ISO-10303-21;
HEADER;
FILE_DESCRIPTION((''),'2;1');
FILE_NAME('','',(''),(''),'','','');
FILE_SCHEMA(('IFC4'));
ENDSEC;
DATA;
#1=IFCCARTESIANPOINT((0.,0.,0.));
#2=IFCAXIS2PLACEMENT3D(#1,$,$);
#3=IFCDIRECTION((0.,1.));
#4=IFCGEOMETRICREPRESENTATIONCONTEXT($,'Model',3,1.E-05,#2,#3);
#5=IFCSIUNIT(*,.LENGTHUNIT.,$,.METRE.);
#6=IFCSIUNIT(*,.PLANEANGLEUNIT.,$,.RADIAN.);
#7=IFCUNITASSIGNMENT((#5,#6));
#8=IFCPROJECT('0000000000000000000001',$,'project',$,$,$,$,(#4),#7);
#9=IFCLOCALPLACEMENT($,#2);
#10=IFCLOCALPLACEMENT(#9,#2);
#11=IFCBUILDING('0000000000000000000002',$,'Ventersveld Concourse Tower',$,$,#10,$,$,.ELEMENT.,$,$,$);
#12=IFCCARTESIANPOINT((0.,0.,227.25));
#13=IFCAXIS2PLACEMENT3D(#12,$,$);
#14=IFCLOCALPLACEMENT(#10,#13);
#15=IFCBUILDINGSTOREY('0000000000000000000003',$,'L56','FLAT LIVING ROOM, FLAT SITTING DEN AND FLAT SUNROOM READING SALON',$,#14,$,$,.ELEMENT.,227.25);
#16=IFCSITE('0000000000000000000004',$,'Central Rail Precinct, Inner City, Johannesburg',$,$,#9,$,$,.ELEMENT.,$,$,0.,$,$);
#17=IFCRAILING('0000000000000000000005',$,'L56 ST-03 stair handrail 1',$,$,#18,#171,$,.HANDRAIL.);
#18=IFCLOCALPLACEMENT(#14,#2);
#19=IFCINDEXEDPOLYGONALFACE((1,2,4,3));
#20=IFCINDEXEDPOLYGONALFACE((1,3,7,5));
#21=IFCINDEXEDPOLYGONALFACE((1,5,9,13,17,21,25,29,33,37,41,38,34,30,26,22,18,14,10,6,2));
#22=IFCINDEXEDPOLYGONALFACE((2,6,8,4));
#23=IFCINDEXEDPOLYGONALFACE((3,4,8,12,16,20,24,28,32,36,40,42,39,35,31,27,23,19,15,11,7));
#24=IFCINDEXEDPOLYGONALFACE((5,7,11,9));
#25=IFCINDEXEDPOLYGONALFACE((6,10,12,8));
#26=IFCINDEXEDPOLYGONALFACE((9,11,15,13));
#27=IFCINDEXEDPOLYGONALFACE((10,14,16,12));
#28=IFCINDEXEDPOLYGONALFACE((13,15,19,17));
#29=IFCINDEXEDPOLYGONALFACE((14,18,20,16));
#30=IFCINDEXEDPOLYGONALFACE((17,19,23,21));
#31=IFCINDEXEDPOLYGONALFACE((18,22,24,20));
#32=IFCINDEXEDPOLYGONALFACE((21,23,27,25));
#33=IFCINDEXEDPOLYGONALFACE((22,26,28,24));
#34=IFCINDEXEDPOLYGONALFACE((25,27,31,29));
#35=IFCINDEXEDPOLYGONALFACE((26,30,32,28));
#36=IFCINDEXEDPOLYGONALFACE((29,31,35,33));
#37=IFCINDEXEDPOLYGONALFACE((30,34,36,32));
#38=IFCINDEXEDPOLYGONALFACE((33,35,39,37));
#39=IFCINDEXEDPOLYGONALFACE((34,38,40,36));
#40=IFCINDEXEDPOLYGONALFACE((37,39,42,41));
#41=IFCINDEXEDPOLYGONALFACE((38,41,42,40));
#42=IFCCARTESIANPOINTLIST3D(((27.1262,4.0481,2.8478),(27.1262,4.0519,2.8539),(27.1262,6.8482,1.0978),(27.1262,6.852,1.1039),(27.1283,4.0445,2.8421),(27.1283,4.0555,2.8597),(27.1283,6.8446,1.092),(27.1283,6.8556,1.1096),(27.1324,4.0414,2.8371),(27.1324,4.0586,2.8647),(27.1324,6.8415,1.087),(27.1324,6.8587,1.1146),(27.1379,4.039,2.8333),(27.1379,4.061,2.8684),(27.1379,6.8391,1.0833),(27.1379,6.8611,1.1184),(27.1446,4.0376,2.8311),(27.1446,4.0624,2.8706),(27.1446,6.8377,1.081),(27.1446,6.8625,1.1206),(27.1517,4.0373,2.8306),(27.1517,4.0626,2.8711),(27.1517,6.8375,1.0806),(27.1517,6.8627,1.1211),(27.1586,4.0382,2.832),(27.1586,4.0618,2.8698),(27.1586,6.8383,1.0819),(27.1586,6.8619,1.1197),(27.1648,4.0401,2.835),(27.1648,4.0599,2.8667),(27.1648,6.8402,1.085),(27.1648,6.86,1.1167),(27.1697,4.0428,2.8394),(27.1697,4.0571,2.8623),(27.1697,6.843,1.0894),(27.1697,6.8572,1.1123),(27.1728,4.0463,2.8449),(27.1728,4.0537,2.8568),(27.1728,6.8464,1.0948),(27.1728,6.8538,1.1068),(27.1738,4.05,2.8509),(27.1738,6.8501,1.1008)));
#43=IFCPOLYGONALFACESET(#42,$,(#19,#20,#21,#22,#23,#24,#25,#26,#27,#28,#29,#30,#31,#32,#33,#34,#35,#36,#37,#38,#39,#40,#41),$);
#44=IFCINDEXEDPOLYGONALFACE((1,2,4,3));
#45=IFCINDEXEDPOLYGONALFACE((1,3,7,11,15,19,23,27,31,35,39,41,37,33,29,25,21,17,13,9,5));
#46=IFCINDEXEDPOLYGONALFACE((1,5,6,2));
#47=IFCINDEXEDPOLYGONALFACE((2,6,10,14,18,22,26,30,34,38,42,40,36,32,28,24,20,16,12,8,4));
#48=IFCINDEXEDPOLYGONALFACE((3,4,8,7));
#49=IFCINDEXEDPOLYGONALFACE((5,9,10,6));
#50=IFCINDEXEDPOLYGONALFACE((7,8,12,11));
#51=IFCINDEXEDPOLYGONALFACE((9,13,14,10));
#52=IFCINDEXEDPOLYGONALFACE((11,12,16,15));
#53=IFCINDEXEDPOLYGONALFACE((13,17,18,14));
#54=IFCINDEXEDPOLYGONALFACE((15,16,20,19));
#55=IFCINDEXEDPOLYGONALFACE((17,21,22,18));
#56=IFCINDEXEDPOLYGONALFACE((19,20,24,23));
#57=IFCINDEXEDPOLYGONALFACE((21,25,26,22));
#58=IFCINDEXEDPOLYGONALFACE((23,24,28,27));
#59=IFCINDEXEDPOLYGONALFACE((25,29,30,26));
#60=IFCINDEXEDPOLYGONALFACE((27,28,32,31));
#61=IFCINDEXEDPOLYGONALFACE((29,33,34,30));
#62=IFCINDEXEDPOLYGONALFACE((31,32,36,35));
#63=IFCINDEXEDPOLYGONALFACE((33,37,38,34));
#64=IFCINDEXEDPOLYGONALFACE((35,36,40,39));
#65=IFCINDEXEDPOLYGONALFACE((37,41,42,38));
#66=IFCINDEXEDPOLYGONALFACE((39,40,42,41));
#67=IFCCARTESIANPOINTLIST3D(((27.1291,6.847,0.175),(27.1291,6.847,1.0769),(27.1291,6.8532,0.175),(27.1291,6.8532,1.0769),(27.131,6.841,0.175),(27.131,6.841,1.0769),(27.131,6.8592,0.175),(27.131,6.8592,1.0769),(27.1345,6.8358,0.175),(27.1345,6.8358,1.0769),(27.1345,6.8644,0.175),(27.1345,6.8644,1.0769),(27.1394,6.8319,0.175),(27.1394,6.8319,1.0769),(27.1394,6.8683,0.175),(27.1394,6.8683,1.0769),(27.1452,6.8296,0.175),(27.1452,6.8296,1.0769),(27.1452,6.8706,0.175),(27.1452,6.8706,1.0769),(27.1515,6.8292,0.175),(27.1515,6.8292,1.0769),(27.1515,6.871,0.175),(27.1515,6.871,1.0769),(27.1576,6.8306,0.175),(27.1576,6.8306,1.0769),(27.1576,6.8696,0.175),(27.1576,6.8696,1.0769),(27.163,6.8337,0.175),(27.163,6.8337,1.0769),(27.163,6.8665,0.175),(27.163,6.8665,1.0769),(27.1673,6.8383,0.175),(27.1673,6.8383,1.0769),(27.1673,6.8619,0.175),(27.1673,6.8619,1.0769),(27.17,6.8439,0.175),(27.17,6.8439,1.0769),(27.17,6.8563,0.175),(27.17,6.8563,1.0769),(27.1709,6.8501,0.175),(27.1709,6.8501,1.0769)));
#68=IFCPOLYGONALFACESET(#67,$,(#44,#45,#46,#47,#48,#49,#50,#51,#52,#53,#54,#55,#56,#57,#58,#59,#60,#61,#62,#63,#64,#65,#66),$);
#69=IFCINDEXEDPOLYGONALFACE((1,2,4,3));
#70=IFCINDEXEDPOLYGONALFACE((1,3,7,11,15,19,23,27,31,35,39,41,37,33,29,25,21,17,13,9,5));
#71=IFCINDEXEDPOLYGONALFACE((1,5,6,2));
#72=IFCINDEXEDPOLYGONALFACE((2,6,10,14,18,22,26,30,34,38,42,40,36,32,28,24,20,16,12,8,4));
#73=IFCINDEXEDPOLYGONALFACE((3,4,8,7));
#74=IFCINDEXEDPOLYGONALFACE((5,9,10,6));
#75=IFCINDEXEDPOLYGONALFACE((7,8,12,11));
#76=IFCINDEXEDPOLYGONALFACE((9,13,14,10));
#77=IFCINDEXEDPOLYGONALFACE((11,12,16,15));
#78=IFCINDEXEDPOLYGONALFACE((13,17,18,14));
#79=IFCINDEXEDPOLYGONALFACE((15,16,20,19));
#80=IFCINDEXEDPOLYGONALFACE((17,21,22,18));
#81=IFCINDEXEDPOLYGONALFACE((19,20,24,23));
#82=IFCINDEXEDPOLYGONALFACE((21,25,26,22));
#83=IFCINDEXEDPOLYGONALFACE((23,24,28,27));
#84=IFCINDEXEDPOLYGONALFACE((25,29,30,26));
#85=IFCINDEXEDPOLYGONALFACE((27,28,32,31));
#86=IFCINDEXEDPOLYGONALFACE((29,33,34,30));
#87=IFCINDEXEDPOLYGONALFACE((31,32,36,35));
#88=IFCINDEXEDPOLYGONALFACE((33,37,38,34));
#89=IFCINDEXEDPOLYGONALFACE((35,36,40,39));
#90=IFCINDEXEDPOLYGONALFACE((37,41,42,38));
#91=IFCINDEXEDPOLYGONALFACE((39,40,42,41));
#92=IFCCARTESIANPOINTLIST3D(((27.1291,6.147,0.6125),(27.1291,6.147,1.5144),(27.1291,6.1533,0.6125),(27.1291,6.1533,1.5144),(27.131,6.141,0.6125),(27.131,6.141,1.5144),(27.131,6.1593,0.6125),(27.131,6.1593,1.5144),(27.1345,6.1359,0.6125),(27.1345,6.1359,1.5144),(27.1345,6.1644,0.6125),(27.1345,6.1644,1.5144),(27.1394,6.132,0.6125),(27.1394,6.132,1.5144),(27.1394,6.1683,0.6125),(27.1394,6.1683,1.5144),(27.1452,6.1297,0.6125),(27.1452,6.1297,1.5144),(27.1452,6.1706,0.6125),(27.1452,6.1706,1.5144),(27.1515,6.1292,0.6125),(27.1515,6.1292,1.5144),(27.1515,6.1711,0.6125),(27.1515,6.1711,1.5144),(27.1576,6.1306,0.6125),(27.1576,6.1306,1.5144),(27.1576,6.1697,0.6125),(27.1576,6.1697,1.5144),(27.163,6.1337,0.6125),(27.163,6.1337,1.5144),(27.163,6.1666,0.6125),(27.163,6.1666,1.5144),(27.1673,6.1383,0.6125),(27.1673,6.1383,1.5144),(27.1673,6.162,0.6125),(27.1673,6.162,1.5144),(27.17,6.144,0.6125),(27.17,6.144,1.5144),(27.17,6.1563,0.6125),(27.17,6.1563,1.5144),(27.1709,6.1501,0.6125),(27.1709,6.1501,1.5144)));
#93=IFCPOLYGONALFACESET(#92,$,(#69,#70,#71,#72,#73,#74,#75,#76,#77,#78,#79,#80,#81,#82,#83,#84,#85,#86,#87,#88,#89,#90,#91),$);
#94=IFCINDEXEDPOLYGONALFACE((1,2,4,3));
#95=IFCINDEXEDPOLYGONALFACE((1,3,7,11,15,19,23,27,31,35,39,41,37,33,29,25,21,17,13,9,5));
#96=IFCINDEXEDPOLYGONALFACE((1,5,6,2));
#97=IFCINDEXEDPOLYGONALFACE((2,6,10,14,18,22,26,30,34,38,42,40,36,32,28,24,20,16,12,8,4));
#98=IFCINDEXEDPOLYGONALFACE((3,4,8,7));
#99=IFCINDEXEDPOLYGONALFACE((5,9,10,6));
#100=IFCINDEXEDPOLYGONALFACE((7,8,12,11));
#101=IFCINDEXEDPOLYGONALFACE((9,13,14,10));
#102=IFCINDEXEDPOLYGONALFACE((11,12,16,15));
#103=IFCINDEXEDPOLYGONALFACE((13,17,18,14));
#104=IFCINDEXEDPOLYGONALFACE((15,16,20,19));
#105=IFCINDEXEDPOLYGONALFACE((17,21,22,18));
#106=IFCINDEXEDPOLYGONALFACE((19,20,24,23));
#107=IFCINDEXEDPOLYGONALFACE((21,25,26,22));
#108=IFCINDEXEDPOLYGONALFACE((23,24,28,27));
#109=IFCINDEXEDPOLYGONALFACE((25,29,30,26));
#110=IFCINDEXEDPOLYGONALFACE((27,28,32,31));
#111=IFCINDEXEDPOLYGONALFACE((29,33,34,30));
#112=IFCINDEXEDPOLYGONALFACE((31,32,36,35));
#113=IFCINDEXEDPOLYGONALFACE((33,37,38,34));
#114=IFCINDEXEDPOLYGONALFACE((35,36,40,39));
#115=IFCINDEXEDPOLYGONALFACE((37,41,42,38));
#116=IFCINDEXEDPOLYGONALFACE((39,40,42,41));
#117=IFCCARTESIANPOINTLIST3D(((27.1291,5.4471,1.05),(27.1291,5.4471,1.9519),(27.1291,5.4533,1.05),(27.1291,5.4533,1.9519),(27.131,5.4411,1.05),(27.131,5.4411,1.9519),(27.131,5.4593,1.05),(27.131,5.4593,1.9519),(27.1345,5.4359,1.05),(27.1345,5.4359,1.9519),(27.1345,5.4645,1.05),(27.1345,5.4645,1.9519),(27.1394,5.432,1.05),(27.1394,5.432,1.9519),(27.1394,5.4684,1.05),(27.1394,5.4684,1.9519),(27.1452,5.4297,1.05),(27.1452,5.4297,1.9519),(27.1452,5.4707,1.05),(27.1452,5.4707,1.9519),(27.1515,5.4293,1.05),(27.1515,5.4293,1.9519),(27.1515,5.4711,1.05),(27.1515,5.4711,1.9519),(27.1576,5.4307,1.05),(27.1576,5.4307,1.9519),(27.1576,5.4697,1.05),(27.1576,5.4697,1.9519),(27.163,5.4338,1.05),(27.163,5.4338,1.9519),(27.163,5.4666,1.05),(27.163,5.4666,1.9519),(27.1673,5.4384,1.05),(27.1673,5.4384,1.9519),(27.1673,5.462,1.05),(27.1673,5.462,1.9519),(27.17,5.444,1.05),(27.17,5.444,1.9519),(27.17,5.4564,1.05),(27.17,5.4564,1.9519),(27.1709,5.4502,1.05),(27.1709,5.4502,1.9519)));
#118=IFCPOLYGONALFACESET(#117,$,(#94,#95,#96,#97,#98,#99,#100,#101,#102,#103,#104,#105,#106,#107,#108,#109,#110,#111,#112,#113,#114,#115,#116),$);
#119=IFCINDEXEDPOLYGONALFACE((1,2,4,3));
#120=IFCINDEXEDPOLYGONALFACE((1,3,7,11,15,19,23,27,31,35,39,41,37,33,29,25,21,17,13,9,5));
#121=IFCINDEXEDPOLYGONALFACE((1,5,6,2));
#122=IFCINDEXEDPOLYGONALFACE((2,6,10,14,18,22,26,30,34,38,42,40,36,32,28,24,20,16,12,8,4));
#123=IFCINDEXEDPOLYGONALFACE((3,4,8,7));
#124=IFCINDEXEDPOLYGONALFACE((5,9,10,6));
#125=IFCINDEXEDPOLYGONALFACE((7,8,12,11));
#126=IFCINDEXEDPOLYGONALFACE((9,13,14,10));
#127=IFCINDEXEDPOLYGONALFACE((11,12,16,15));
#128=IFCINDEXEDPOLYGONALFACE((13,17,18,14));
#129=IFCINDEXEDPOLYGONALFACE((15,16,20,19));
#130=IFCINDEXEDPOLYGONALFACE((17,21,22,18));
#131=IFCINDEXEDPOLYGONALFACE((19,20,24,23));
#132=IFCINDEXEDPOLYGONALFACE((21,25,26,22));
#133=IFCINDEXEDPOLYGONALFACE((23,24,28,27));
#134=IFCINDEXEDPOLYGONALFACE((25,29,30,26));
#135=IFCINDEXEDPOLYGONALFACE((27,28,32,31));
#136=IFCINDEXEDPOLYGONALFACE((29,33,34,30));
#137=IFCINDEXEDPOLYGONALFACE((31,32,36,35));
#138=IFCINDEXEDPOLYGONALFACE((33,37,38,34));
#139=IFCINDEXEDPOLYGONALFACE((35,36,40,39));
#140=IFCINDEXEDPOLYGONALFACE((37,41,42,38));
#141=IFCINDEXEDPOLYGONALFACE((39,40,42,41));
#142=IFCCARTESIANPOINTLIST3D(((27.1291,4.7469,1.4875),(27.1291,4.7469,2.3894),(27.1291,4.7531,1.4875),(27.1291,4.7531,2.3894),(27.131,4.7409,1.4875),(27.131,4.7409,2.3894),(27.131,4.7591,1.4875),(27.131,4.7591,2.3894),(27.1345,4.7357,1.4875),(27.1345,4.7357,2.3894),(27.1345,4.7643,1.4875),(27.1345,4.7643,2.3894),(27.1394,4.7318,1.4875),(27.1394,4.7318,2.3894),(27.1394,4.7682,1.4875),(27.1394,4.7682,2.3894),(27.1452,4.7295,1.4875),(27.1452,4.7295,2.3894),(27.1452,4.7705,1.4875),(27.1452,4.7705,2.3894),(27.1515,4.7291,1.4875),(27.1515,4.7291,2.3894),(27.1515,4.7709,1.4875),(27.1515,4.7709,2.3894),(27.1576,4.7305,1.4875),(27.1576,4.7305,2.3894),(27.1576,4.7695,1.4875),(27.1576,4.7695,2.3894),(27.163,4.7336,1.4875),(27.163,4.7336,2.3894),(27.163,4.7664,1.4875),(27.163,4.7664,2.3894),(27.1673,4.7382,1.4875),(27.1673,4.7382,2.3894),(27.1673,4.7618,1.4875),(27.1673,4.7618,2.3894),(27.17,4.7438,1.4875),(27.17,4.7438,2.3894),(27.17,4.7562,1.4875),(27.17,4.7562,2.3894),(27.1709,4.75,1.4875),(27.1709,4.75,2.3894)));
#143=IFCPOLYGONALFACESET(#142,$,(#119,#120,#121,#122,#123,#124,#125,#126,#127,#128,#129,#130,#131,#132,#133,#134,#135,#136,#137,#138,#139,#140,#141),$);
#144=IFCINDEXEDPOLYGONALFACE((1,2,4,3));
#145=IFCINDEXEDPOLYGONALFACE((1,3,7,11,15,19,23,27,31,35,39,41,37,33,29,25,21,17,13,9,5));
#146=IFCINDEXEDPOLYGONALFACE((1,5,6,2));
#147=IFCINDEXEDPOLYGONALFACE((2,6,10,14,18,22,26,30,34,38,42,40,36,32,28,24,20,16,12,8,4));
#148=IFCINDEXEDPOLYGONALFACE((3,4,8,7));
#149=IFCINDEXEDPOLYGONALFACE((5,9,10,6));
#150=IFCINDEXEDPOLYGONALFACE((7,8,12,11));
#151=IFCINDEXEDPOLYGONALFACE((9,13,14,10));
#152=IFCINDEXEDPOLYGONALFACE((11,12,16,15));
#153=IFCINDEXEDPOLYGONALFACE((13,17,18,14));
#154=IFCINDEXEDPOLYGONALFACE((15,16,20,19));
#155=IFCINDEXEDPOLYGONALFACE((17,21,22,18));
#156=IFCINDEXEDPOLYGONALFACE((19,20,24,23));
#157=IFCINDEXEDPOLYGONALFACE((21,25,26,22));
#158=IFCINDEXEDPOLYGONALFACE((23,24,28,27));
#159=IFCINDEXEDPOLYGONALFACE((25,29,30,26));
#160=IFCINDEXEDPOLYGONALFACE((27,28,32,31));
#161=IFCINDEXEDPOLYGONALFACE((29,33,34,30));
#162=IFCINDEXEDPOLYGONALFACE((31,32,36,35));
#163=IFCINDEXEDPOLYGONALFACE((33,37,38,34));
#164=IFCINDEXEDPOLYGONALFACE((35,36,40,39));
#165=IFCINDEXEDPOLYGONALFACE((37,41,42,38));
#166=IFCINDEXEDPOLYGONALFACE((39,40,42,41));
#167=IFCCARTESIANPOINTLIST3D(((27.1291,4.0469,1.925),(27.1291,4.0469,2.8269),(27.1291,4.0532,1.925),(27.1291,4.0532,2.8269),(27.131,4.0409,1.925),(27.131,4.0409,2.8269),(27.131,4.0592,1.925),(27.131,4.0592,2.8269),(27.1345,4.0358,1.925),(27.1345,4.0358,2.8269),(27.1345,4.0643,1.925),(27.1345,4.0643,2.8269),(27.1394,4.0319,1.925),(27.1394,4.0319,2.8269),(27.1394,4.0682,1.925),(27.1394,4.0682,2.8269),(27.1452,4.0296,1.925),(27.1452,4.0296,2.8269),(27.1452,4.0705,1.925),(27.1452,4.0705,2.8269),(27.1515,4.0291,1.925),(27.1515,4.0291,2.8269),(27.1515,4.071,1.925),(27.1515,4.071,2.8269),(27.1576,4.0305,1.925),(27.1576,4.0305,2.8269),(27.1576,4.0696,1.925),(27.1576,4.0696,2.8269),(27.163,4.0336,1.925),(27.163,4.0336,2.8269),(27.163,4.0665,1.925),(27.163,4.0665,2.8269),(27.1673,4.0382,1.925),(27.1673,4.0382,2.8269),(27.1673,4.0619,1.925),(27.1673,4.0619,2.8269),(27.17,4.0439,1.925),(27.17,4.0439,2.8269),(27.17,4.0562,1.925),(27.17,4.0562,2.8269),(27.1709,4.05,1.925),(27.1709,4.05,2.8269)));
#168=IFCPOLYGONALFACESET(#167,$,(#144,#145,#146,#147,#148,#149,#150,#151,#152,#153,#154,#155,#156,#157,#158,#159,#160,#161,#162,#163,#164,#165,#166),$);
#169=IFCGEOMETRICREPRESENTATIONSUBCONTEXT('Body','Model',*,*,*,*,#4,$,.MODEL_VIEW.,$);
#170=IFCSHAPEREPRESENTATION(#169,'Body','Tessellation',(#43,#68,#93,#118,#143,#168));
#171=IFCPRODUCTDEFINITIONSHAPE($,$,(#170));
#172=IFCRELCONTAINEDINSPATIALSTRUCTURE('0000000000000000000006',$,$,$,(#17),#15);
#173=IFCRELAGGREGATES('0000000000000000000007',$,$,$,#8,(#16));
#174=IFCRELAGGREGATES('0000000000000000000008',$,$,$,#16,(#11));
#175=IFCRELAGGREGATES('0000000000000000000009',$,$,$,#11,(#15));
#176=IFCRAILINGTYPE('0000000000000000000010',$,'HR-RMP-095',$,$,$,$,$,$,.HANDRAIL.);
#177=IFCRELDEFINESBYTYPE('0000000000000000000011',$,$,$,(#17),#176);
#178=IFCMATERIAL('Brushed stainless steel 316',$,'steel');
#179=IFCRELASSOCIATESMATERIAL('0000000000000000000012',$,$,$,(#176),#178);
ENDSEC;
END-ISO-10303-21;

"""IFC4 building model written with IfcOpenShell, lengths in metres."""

from ifc_helpers import new_model, si_unit, direction, frame, origin, origin_2d, place, context, subcontext, project, spatial, circle, extrude, material, type_object, element, save


model = new_model("IFC4")

# Units and contexts
model_context = context("Model", 3, precision=1e-05, world=origin(), true_north=direction((0.0, 1.0)))
body_context = subcontext(model_context, "Body", "Model", "MODEL_VIEW")
ifc_project = project(units=[si_unit("LENGTHUNIT", "METRE"), si_unit("PLANEANGLEUNIT", "RADIAN")], contexts=[model_context])

# Site, building, storey
site_placement = place(None, origin())
site = spatial("IfcSite", under=ifc_project, at=site_placement, Name="Central Rail Precinct, Inner City, Johannesburg", CompositionType="ELEMENT", RefElevation=0.0)
building_placement = place(site_placement, origin())
building = spatial("IfcBuilding", under=site, at=building_placement, Name="Ventersveld Concourse Tower", CompositionType="ELEMENT")
storey_placement = place(building_placement, frame((0.0, 0.0, 227.25)))
storey = spatial("IfcBuildingStorey", under=building, at=storey_placement, Name="L56", Description="FLAT LIVING ROOM, FLAT SITTING DEN AND FLAT SUNROOM READING SALON", CompositionType="ELEMENT", Elevation=227.25)

# Shared definitions
ifc_material_1 = material(Name="Brushed stainless steel 316", Category="steel")

# Railing
railing_type_1 = type_object("IfcRailingType", Name="HR-RMP-095", PredefinedType="HANDRAIL", material=ifc_material_1)
railing_1_placement = place(storey_placement, frame((27.1499, 6.8501, 0.175)))
element("IfcRailing", 1, at=railing_1_placement, inside=storey, type_object=railing_type_1, Name="L56 ST-03 stair handrail 1", PredefinedType="HANDRAIL", context=body_context, shape_type="SweptSolid", body=[
    extrude(circle(Radius=0.0239, at=origin_2d()), frame((0.0, 0.0, 0.9258), z_axis=(0.0, -0.848002, 0.529992), x_axis=(1.0, 0.0, 0.0)), (0.0, 0.0, 1.0), 3.302),
    extrude(circle(Radius=0.021, at=origin_2d()), origin(), (0.0, 0.0, 1.0), 0.9019),
    extrude(circle(Radius=0.021, at=origin_2d()), frame((0.0, -0.7, 0.4375)), (0.0, 0.0, 1.0), 0.9019),
    extrude(circle(Radius=0.021, at=origin_2d()), frame((0.0, -1.3999, 0.875)), (0.0, 0.0, 1.0), 0.9019),
    extrude(circle(Radius=0.021, at=origin_2d()), frame((0.0, -2.1001, 1.3125)), (0.0, 0.0, 1.0), 0.9019),
    extrude(circle(Radius=0.021, at=origin_2d()), frame((0.0, -2.8, 1.75)), (0.0, 0.0, 1.0), 0.9019),
])

save(model, "model.ifc")
